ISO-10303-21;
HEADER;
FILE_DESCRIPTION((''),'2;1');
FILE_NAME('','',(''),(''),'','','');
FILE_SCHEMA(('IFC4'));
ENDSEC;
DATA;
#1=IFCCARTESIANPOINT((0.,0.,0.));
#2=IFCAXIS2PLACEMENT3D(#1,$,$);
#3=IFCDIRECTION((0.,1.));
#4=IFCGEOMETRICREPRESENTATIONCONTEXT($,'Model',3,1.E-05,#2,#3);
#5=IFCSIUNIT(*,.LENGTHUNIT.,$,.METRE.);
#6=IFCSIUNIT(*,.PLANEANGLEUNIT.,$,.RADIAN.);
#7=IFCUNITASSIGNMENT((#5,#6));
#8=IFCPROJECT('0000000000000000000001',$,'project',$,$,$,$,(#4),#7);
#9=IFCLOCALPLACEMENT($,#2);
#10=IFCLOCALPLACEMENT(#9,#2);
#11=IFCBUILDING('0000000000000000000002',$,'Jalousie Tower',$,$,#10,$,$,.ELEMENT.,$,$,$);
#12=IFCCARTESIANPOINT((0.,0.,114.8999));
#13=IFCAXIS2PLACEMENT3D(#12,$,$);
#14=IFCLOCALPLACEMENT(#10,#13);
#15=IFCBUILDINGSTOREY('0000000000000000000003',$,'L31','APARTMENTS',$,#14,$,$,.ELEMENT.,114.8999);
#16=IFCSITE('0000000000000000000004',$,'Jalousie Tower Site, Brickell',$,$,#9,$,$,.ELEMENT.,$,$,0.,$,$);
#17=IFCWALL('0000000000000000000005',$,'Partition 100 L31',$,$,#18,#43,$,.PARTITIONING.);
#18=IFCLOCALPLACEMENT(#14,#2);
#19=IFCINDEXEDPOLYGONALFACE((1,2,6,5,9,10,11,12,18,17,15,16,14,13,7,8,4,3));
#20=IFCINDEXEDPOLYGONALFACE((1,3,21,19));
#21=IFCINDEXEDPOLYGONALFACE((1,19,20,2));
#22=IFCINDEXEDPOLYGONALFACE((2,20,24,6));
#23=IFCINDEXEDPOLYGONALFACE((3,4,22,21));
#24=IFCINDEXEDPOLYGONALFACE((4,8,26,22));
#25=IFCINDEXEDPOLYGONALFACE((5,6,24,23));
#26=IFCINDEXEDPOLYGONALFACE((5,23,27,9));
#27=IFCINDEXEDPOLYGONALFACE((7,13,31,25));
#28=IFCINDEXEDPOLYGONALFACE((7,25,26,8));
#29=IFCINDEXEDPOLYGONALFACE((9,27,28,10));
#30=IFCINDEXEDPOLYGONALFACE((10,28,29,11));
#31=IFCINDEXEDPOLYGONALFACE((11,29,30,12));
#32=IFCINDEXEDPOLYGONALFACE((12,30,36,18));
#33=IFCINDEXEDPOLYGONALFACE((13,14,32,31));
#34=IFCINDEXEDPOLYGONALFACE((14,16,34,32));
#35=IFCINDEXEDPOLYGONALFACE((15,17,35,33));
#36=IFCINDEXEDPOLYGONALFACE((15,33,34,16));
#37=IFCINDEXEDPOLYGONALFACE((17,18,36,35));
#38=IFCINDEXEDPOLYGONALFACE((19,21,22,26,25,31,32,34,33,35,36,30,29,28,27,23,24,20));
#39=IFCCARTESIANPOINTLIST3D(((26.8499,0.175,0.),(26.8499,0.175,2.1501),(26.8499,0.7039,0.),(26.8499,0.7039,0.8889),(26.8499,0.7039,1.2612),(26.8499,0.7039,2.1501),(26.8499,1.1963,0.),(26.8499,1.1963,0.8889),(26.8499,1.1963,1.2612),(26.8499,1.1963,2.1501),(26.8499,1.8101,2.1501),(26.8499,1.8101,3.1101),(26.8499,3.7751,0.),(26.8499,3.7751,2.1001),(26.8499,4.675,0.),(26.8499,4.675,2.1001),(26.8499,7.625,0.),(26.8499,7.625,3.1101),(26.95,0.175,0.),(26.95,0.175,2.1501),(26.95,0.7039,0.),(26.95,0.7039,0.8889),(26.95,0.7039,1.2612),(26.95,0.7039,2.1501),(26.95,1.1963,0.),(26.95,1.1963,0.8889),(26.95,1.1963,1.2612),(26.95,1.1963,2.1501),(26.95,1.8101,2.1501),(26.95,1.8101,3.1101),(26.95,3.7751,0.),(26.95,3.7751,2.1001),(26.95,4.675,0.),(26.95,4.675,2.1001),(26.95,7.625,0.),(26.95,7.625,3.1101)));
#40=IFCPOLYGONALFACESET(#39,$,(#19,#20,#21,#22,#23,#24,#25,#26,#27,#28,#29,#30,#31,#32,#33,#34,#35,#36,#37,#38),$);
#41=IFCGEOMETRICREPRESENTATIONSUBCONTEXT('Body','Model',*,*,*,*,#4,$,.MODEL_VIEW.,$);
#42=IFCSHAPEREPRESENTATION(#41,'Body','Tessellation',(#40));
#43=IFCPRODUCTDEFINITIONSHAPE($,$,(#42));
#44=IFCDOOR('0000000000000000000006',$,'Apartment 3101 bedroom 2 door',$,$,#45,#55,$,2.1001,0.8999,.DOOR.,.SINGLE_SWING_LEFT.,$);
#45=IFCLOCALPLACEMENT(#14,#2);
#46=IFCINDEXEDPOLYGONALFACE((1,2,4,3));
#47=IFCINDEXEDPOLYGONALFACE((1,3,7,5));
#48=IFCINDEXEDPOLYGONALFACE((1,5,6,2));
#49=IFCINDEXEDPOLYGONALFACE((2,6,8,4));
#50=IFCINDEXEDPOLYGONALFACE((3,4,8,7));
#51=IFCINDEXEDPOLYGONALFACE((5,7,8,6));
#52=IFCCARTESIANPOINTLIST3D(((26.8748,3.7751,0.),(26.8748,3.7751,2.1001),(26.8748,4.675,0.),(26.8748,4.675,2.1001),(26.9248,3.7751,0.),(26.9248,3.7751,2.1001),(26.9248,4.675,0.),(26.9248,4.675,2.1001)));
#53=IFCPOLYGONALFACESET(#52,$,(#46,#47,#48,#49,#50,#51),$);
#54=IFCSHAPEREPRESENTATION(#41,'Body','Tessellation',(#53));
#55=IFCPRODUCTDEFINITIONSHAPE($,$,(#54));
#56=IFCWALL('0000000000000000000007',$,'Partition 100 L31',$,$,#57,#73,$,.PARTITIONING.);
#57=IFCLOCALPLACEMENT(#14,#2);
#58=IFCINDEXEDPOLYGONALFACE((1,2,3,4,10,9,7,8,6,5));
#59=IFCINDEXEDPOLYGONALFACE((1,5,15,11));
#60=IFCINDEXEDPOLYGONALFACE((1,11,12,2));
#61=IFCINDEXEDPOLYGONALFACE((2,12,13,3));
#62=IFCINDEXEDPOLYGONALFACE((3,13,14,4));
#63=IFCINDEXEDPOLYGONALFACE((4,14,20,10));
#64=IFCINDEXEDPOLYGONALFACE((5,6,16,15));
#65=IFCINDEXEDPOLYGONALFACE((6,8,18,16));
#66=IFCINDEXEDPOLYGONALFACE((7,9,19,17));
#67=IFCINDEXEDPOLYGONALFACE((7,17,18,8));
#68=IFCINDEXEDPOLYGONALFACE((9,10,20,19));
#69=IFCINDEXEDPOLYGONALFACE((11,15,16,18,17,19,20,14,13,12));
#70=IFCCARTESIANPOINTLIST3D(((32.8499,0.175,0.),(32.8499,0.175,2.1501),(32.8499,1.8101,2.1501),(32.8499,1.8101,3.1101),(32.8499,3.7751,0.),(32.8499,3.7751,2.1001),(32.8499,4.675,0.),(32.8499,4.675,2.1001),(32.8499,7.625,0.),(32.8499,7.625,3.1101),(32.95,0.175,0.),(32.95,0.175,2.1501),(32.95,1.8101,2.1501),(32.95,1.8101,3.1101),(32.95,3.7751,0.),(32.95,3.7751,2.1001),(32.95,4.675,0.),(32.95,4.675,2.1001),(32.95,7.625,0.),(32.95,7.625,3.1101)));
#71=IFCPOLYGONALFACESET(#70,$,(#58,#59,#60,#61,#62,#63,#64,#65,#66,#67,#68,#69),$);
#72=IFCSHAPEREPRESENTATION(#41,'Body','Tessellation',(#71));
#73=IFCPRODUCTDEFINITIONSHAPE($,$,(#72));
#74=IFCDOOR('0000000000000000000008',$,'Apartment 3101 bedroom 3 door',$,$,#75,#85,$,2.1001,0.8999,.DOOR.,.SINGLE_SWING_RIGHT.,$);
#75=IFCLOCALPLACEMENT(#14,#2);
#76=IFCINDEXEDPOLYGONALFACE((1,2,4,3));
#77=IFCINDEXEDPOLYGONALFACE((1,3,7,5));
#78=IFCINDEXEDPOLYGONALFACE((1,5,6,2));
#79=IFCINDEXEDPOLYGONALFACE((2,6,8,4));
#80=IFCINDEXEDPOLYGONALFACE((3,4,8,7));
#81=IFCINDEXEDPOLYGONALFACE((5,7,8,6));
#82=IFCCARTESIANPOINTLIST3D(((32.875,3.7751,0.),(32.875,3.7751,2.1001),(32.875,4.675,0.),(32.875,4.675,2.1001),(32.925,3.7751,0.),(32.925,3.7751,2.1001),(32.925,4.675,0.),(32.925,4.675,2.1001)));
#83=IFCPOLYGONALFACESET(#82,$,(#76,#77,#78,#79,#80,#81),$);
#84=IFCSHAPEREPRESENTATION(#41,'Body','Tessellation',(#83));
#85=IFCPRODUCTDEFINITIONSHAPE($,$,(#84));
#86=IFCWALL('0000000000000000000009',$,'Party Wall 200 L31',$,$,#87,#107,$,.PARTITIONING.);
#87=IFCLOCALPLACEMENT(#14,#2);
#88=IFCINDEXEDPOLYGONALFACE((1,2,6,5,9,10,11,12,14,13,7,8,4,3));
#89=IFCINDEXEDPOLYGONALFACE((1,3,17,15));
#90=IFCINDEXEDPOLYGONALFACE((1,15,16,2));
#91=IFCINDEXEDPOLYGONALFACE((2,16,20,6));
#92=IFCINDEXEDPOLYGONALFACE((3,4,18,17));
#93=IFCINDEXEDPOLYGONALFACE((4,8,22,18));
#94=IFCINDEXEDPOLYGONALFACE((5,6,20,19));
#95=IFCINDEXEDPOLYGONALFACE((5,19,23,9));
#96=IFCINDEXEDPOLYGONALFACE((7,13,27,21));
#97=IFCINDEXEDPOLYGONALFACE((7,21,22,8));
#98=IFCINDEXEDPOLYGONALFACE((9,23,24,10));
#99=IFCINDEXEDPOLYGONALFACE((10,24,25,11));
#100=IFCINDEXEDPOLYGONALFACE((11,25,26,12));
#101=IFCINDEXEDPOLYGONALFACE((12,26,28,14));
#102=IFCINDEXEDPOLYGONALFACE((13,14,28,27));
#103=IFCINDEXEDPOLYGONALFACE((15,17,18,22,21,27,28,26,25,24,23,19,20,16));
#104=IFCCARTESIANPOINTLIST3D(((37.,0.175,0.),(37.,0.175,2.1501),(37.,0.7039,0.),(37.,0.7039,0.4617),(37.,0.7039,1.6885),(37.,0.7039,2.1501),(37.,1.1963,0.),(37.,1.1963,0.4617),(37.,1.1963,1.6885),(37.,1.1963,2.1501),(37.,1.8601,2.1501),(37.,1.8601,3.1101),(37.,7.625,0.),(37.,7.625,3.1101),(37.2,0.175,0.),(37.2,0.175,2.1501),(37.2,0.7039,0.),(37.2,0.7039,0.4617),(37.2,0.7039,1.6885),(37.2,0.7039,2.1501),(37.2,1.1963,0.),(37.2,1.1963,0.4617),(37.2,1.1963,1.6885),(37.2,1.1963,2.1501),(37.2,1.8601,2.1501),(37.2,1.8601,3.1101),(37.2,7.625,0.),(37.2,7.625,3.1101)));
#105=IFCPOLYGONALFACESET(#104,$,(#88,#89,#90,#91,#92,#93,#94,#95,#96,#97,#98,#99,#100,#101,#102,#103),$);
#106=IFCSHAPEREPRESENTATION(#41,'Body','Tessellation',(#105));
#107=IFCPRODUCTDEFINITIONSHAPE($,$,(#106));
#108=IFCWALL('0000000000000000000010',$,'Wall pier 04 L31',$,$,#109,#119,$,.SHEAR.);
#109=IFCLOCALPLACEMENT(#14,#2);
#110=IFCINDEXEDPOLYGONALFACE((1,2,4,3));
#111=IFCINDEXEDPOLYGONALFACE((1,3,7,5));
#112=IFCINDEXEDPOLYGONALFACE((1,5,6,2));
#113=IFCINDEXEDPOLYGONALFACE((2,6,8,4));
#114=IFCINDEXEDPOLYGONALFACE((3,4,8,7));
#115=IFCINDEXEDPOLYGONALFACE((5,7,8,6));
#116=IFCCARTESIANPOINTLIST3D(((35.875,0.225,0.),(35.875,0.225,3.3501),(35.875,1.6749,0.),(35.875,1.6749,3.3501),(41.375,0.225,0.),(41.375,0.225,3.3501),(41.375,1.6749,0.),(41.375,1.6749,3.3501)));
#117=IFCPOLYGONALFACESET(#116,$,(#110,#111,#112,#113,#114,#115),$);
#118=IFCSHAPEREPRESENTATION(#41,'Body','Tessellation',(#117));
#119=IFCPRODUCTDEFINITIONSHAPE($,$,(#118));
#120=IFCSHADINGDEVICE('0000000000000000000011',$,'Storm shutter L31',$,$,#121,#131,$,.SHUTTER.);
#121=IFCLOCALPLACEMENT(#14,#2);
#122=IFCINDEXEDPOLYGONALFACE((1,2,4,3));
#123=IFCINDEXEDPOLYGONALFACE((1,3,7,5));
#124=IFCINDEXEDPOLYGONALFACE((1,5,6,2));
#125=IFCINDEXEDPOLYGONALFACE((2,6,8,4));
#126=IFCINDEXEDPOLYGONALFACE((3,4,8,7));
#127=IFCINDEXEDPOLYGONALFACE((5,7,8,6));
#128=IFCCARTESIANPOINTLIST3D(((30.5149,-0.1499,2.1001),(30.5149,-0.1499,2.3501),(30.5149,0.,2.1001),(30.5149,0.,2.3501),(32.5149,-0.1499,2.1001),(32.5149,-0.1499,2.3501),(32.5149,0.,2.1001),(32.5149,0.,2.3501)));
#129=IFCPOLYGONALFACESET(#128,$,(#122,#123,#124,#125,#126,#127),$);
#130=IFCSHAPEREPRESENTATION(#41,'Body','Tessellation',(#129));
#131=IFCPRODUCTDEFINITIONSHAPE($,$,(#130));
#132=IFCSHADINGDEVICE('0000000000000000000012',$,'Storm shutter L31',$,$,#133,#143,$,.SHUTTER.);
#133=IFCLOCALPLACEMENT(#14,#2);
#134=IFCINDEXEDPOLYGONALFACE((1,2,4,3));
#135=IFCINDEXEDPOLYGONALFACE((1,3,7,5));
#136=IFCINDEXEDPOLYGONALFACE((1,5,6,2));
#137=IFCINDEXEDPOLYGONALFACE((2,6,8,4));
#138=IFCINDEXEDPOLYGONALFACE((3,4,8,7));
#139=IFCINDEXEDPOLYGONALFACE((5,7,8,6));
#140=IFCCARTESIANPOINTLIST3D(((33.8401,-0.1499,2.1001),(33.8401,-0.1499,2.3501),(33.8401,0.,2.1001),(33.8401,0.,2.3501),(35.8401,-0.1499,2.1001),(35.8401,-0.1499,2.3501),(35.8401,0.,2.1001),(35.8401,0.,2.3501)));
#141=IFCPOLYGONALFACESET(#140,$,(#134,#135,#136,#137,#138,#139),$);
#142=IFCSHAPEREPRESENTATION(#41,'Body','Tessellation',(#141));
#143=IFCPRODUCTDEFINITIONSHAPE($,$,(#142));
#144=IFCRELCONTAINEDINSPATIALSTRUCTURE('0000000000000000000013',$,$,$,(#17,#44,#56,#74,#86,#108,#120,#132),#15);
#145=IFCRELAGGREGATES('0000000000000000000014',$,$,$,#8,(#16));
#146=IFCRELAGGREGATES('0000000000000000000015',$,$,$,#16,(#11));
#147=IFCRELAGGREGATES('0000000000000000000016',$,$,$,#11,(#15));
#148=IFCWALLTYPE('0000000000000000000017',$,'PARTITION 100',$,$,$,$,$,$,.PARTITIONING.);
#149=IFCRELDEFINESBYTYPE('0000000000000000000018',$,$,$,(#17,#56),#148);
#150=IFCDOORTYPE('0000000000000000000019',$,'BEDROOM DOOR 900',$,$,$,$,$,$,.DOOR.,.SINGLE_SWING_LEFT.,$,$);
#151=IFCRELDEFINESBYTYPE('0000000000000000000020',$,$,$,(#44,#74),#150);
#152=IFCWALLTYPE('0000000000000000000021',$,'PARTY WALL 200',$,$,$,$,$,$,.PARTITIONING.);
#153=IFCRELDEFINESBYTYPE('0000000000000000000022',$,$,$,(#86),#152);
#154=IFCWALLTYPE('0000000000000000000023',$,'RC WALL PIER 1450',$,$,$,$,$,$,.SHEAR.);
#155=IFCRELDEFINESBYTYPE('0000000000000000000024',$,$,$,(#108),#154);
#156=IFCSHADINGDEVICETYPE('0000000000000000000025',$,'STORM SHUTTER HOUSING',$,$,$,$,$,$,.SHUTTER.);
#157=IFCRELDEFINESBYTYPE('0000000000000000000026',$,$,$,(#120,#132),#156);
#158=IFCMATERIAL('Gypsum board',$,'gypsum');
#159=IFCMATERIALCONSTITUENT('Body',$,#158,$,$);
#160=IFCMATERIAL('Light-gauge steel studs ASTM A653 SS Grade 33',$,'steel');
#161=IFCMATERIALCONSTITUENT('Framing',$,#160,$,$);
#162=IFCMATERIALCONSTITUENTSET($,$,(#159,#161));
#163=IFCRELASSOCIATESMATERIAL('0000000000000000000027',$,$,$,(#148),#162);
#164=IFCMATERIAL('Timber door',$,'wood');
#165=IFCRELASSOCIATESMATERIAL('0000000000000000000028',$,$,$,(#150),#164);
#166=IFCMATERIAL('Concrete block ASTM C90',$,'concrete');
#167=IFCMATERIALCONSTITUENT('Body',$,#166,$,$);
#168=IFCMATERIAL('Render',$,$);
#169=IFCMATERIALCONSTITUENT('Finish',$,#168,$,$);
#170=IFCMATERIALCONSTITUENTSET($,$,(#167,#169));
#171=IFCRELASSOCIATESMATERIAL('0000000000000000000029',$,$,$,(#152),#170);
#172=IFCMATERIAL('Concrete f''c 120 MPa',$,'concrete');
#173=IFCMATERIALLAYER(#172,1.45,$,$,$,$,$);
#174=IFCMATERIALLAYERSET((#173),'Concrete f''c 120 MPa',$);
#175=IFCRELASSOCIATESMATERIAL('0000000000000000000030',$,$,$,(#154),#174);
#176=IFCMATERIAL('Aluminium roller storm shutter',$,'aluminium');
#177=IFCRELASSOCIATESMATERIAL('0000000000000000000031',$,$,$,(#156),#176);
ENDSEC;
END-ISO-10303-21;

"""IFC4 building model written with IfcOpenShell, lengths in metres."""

from ifc_helpers import new_model, si_unit, direction, frame, frame_2d, origin, origin_2d, place, context, subcontext, project, spatial, polyline, rectangle, outline, extrude, material, layer, layer_set, constituent, constituent_set, type_object, element, fill, save


model = new_model("IFC4")

# Units and contexts
model_context = context("Model", 3, precision=1e-05, world=origin(), true_north=direction((0.0, 1.0)))
body_context = subcontext(model_context, "Body", "Model", "MODEL_VIEW")
ifc_project = project(units=[si_unit("LENGTHUNIT", "METRE"), si_unit("PLANEANGLEUNIT", "RADIAN")], contexts=[model_context])

# Site, building, storey
site_placement = place(None, origin())
site = spatial("IfcSite", under=ifc_project, at=site_placement, Name="Jalousie Tower Site, Brickell", CompositionType="ELEMENT", RefElevation=0.0)
building_placement = place(site_placement, origin())
building = spatial("IfcBuilding", under=site, at=building_placement, Name="Jalousie Tower", CompositionType="ELEMENT")
storey_placement = place(building_placement, frame((0.0, 0.0, 114.8999)))
storey = spatial("IfcBuildingStorey", under=building, at=storey_placement, Name="L31", Description="APARTMENTS", CompositionType="ELEMENT", Elevation=114.8999)

# Walls, openings, doors
ifc_material_1 = material(Name="Gypsum board", Category="gypsum")
ifc_constituent_1 = constituent(ifc_material_1, Name="Body")
ifc_material_2 = material(Name="Light-gauge steel studs ASTM A653 SS Grade 33", Category="steel")
ifc_constituent_2 = constituent(ifc_material_2, Name="Framing")
ifc_constituent_set_1 = constituent_set(constituents=[ifc_constituent_1, ifc_constituent_2])
wall_type_1 = type_object("IfcWallType", Name="PARTITION 100", PredefinedType="PARTITIONING", material=ifc_constituent_set_1)
wall_1_placement = place(storey_placement, frame((26.8999, 0.175, 0.0), z_axis=(0.0, 0.0, 1.0), x_axis=(0.0, 1.0, 0.0)))
wall_1 = element("IfcWall", 1, at=wall_1_placement, inside=storey, type_object=wall_type_1, Name="Partition 100 L31", PredefinedType="PARTITIONING", context=body_context, shape_type="SweptSolid", body=[
    extrude(outline(polyline([(0.5288, 2.1501), (0.0, 2.1501), (0.0, 0.0), (0.5288, 0.0), (0.5288, 0.8889), (1.0212, 0.8889), (1.0212, 0.0), (7.45, 0.0), (7.45, 3.1101), (1.635, 3.1101), (1.635, 2.1501), (1.0212, 2.1501), (1.0212, 1.2612), (0.5288, 1.2612), (0.5288, 2.1501)])), frame((0.0, 0.05, 0.0), z_axis=(0.0, -1.0, 0.0), x_axis=(1.0, 0.0, 0.0)), (0.0, 0.0, 1.0), 0.1001),
])
opening_1_placement = place(wall_1_placement, frame((3.6001, 0.0, 0.0)))
opening_1 = element("IfcOpeningElement", 2, at=opening_1_placement, cuts=wall_1, PredefinedType="OPENING", context=body_context, shape_type="SweptSolid", body=[
    extrude(rectangle(XDim=0.8999, YDim=2.1001, at=frame_2d((0.45, 1.05))), frame((0.0, 0.0601, 0.0), z_axis=(0.0, -1.0, 0.0), x_axis=(1.0, 0.0, 0.0)), (0.0, 0.0, 1.0), 0.1201),
])
ifc_material_3 = material(Name="Timber door", Category="wood")
door_type = type_object("IfcDoorType", Name="BEDROOM DOOR 900", OperationType="SINGLE_SWING_LEFT", PredefinedType="DOOR", material=ifc_material_3)
door_1_placement = place(opening_1_placement, frame((0.8999, 0.0, 0.0), z_axis=(0.0, 0.0, 1.0), x_axis=(-1.0, 0.0, 0.0)))
door_1 = element("IfcDoor", 3, at=door_1_placement, inside=storey, type_object=door_type, Name="Apartment 3101 bedroom 2 door", OperationType="SINGLE_SWING_LEFT", OverallHeight=2.1001, OverallWidth=0.8999, PredefinedType="DOOR", context=body_context, shape_type="SweptSolid", body=[
    extrude(rectangle(XDim=0.8999, YDim=2.1001, at=frame_2d((0.45, 1.05))), frame((0.0, 0.0249, 0.0), z_axis=(0.0, -1.0, 0.0), x_axis=(1.0, 0.0, 0.0)), (0.0, 0.0, 1.0), 0.05),
])
fill(opening_1, door_1)
wall_2_placement = place(storey_placement, frame((32.8999, 0.175, 0.0), z_axis=(0.0, 0.0, 1.0), x_axis=(0.0, 1.0, 0.0)))
wall_2 = element("IfcWall", 4, at=wall_2_placement, inside=storey, type_object=wall_type_1, Name="Partition 100 L31", PredefinedType="PARTITIONING", context=body_context, shape_type="SweptSolid", body=[
    extrude(outline(polyline([(0.0, 0.0), (7.45, 0.0), (7.45, 3.1101), (1.635, 3.1101), (1.635, 2.1501), (0.0, 2.1501), (0.0, 3.1101), (0.0, 0.0)])), frame((0.0, 0.05, 0.0), z_axis=(0.0, -1.0, 0.0), x_axis=(1.0, 0.0, 0.0)), (0.0, 0.0, 1.0), 0.1001),
])
opening_2_placement = place(wall_2_placement, frame((3.6001, 0.0, 0.0)))
opening_2 = element("IfcOpeningElement", 5, at=opening_2_placement, cuts=wall_2, PredefinedType="OPENING", context=body_context, shape_type="SweptSolid", body=[
    extrude(rectangle(XDim=0.8999, YDim=2.1001, at=frame_2d((0.45, 1.05))), frame((0.0, 0.0601, 0.0), z_axis=(0.0, -1.0, 0.0), x_axis=(1.0, 0.0, 0.0)), (0.0, 0.0, 1.0), 0.1201),
])
door_2_placement = place(opening_2_placement, origin())
door_2 = element("IfcDoor", 6, at=door_2_placement, inside=storey, type_object=door_type, Name="Apartment 3101 bedroom 3 door", OperationType="SINGLE_SWING_RIGHT", OverallHeight=2.1001, OverallWidth=0.8999, PredefinedType="DOOR", context=body_context, shape_type="SweptSolid", body=[
    extrude(rectangle(XDim=0.8999, YDim=2.1001, at=frame_2d((0.45, 1.05))), frame((0.0, 0.0249, 0.0), z_axis=(0.0, -1.0, 0.0), x_axis=(1.0, 0.0, 0.0)), (0.0, 0.0, 1.0), 0.05),
])
fill(opening_2, door_2)

# Walls
ifc_material_4 = material(Name="Concrete block ASTM C90", Category="concrete")
ifc_constituent_3 = constituent(ifc_material_4, Name="Body")
ifc_material_5 = material(Name="Render")
ifc_constituent_4 = constituent(ifc_material_5, Name="Finish")
ifc_constituent_set_2 = constituent_set(constituents=[ifc_constituent_3, ifc_constituent_4])
wall_type_2 = type_object("IfcWallType", Name="PARTY WALL 200", PredefinedType="PARTITIONING", material=ifc_constituent_set_2)
wall_3_placement = place(storey_placement, frame((37.1001, 0.175, 0.0), z_axis=(0.0, 0.0, 1.0), x_axis=(0.0, 1.0, 0.0)))
element("IfcWall", 7, at=wall_3_placement, inside=storey, type_object=wall_type_2, Name="Party Wall 200 L31", PredefinedType="PARTITIONING", context=body_context, shape_type="SweptSolid", body=[
    extrude(outline(polyline([(0.5288, 2.1501), (0.0, 2.1501), (0.0, 0.0), (0.5288, 0.0), (0.5288, 0.4617), (1.0212, 0.4617), (1.0212, 0.0), (7.45, 0.0), (7.45, 3.1101), (1.6851, 3.1101), (1.6851, 2.1501), (1.0212, 2.1501), (1.0212, 1.6885), (0.5288, 1.6885), (0.5288, 2.1501)])), frame((0.0, 0.1001, 0.0), z_axis=(0.0, -1.0, 0.0), x_axis=(1.0, 0.0, 0.0)), (0.0, 0.0, 1.0), 0.2),
])
ifc_material_6 = material(Name="Concrete f'c 120 MPa", Category="concrete")
ifc_layer_1 = layer(ifc_material_6, 1.45)
ifc_layer_set_1 = layer_set([ifc_layer_1], Name="Concrete f'c 120 MPa")
wall_type_3 = type_object("IfcWallType", Name="RC WALL PIER 1450", PredefinedType="SHEAR", material=ifc_layer_set_1)
wall_4_placement = place(storey_placement, frame((35.875, 0.95, 0.0), z_axis=(0.0, 0.0, 1.0), x_axis=(1.0, 0.0, 0.0)))
element("IfcWall", 8, at=wall_4_placement, inside=storey, type_object=wall_type_3, Name="Wall pier 04 L31", PredefinedType="SHEAR", context=body_context, shape_type="SweptSolid", body=[
    extrude(rectangle(XDim=5.5, YDim=1.45, at=frame_2d((2.75, 0.0))), origin(), (0.0, 0.0, 1.0), 3.3501),
])

# Shading devices
ifc_material_7 = material(Name="Aluminium roller storm shutter", Category="aluminium")
shading_device_type = type_object("IfcShadingDeviceType", Name="STORM SHUTTER HOUSING", PredefinedType="SHUTTER", material=ifc_material_7)
for number, where, z_axis, x_axis, name in (
    (9, (31.5149, -0.075, 2.1001), (0.0, 0.0, 1.0), (1.0, 0.0, 0.0), "Storm shutter L31"),
    (10, (34.8401, -0.075, 2.1001), (0.0, 0.0, 1.0), (1.0, 0.0, 0.0), "Storm shutter L31"),
):
    element("IfcShadingDevice", number, at=place(storey_placement, frame(where, z_axis=z_axis, x_axis=x_axis)), inside=storey, type_object=shading_device_type, Name=name, PredefinedType="SHUTTER", context=body_context, shape_type="SweptSolid", body=[
        extrude(rectangle(XDim=2.0, YDim=0.1499, at=origin_2d()), origin(), (0.0, 0.0, 1.0), 0.25),
    ])

save(model, "model.ifc")
